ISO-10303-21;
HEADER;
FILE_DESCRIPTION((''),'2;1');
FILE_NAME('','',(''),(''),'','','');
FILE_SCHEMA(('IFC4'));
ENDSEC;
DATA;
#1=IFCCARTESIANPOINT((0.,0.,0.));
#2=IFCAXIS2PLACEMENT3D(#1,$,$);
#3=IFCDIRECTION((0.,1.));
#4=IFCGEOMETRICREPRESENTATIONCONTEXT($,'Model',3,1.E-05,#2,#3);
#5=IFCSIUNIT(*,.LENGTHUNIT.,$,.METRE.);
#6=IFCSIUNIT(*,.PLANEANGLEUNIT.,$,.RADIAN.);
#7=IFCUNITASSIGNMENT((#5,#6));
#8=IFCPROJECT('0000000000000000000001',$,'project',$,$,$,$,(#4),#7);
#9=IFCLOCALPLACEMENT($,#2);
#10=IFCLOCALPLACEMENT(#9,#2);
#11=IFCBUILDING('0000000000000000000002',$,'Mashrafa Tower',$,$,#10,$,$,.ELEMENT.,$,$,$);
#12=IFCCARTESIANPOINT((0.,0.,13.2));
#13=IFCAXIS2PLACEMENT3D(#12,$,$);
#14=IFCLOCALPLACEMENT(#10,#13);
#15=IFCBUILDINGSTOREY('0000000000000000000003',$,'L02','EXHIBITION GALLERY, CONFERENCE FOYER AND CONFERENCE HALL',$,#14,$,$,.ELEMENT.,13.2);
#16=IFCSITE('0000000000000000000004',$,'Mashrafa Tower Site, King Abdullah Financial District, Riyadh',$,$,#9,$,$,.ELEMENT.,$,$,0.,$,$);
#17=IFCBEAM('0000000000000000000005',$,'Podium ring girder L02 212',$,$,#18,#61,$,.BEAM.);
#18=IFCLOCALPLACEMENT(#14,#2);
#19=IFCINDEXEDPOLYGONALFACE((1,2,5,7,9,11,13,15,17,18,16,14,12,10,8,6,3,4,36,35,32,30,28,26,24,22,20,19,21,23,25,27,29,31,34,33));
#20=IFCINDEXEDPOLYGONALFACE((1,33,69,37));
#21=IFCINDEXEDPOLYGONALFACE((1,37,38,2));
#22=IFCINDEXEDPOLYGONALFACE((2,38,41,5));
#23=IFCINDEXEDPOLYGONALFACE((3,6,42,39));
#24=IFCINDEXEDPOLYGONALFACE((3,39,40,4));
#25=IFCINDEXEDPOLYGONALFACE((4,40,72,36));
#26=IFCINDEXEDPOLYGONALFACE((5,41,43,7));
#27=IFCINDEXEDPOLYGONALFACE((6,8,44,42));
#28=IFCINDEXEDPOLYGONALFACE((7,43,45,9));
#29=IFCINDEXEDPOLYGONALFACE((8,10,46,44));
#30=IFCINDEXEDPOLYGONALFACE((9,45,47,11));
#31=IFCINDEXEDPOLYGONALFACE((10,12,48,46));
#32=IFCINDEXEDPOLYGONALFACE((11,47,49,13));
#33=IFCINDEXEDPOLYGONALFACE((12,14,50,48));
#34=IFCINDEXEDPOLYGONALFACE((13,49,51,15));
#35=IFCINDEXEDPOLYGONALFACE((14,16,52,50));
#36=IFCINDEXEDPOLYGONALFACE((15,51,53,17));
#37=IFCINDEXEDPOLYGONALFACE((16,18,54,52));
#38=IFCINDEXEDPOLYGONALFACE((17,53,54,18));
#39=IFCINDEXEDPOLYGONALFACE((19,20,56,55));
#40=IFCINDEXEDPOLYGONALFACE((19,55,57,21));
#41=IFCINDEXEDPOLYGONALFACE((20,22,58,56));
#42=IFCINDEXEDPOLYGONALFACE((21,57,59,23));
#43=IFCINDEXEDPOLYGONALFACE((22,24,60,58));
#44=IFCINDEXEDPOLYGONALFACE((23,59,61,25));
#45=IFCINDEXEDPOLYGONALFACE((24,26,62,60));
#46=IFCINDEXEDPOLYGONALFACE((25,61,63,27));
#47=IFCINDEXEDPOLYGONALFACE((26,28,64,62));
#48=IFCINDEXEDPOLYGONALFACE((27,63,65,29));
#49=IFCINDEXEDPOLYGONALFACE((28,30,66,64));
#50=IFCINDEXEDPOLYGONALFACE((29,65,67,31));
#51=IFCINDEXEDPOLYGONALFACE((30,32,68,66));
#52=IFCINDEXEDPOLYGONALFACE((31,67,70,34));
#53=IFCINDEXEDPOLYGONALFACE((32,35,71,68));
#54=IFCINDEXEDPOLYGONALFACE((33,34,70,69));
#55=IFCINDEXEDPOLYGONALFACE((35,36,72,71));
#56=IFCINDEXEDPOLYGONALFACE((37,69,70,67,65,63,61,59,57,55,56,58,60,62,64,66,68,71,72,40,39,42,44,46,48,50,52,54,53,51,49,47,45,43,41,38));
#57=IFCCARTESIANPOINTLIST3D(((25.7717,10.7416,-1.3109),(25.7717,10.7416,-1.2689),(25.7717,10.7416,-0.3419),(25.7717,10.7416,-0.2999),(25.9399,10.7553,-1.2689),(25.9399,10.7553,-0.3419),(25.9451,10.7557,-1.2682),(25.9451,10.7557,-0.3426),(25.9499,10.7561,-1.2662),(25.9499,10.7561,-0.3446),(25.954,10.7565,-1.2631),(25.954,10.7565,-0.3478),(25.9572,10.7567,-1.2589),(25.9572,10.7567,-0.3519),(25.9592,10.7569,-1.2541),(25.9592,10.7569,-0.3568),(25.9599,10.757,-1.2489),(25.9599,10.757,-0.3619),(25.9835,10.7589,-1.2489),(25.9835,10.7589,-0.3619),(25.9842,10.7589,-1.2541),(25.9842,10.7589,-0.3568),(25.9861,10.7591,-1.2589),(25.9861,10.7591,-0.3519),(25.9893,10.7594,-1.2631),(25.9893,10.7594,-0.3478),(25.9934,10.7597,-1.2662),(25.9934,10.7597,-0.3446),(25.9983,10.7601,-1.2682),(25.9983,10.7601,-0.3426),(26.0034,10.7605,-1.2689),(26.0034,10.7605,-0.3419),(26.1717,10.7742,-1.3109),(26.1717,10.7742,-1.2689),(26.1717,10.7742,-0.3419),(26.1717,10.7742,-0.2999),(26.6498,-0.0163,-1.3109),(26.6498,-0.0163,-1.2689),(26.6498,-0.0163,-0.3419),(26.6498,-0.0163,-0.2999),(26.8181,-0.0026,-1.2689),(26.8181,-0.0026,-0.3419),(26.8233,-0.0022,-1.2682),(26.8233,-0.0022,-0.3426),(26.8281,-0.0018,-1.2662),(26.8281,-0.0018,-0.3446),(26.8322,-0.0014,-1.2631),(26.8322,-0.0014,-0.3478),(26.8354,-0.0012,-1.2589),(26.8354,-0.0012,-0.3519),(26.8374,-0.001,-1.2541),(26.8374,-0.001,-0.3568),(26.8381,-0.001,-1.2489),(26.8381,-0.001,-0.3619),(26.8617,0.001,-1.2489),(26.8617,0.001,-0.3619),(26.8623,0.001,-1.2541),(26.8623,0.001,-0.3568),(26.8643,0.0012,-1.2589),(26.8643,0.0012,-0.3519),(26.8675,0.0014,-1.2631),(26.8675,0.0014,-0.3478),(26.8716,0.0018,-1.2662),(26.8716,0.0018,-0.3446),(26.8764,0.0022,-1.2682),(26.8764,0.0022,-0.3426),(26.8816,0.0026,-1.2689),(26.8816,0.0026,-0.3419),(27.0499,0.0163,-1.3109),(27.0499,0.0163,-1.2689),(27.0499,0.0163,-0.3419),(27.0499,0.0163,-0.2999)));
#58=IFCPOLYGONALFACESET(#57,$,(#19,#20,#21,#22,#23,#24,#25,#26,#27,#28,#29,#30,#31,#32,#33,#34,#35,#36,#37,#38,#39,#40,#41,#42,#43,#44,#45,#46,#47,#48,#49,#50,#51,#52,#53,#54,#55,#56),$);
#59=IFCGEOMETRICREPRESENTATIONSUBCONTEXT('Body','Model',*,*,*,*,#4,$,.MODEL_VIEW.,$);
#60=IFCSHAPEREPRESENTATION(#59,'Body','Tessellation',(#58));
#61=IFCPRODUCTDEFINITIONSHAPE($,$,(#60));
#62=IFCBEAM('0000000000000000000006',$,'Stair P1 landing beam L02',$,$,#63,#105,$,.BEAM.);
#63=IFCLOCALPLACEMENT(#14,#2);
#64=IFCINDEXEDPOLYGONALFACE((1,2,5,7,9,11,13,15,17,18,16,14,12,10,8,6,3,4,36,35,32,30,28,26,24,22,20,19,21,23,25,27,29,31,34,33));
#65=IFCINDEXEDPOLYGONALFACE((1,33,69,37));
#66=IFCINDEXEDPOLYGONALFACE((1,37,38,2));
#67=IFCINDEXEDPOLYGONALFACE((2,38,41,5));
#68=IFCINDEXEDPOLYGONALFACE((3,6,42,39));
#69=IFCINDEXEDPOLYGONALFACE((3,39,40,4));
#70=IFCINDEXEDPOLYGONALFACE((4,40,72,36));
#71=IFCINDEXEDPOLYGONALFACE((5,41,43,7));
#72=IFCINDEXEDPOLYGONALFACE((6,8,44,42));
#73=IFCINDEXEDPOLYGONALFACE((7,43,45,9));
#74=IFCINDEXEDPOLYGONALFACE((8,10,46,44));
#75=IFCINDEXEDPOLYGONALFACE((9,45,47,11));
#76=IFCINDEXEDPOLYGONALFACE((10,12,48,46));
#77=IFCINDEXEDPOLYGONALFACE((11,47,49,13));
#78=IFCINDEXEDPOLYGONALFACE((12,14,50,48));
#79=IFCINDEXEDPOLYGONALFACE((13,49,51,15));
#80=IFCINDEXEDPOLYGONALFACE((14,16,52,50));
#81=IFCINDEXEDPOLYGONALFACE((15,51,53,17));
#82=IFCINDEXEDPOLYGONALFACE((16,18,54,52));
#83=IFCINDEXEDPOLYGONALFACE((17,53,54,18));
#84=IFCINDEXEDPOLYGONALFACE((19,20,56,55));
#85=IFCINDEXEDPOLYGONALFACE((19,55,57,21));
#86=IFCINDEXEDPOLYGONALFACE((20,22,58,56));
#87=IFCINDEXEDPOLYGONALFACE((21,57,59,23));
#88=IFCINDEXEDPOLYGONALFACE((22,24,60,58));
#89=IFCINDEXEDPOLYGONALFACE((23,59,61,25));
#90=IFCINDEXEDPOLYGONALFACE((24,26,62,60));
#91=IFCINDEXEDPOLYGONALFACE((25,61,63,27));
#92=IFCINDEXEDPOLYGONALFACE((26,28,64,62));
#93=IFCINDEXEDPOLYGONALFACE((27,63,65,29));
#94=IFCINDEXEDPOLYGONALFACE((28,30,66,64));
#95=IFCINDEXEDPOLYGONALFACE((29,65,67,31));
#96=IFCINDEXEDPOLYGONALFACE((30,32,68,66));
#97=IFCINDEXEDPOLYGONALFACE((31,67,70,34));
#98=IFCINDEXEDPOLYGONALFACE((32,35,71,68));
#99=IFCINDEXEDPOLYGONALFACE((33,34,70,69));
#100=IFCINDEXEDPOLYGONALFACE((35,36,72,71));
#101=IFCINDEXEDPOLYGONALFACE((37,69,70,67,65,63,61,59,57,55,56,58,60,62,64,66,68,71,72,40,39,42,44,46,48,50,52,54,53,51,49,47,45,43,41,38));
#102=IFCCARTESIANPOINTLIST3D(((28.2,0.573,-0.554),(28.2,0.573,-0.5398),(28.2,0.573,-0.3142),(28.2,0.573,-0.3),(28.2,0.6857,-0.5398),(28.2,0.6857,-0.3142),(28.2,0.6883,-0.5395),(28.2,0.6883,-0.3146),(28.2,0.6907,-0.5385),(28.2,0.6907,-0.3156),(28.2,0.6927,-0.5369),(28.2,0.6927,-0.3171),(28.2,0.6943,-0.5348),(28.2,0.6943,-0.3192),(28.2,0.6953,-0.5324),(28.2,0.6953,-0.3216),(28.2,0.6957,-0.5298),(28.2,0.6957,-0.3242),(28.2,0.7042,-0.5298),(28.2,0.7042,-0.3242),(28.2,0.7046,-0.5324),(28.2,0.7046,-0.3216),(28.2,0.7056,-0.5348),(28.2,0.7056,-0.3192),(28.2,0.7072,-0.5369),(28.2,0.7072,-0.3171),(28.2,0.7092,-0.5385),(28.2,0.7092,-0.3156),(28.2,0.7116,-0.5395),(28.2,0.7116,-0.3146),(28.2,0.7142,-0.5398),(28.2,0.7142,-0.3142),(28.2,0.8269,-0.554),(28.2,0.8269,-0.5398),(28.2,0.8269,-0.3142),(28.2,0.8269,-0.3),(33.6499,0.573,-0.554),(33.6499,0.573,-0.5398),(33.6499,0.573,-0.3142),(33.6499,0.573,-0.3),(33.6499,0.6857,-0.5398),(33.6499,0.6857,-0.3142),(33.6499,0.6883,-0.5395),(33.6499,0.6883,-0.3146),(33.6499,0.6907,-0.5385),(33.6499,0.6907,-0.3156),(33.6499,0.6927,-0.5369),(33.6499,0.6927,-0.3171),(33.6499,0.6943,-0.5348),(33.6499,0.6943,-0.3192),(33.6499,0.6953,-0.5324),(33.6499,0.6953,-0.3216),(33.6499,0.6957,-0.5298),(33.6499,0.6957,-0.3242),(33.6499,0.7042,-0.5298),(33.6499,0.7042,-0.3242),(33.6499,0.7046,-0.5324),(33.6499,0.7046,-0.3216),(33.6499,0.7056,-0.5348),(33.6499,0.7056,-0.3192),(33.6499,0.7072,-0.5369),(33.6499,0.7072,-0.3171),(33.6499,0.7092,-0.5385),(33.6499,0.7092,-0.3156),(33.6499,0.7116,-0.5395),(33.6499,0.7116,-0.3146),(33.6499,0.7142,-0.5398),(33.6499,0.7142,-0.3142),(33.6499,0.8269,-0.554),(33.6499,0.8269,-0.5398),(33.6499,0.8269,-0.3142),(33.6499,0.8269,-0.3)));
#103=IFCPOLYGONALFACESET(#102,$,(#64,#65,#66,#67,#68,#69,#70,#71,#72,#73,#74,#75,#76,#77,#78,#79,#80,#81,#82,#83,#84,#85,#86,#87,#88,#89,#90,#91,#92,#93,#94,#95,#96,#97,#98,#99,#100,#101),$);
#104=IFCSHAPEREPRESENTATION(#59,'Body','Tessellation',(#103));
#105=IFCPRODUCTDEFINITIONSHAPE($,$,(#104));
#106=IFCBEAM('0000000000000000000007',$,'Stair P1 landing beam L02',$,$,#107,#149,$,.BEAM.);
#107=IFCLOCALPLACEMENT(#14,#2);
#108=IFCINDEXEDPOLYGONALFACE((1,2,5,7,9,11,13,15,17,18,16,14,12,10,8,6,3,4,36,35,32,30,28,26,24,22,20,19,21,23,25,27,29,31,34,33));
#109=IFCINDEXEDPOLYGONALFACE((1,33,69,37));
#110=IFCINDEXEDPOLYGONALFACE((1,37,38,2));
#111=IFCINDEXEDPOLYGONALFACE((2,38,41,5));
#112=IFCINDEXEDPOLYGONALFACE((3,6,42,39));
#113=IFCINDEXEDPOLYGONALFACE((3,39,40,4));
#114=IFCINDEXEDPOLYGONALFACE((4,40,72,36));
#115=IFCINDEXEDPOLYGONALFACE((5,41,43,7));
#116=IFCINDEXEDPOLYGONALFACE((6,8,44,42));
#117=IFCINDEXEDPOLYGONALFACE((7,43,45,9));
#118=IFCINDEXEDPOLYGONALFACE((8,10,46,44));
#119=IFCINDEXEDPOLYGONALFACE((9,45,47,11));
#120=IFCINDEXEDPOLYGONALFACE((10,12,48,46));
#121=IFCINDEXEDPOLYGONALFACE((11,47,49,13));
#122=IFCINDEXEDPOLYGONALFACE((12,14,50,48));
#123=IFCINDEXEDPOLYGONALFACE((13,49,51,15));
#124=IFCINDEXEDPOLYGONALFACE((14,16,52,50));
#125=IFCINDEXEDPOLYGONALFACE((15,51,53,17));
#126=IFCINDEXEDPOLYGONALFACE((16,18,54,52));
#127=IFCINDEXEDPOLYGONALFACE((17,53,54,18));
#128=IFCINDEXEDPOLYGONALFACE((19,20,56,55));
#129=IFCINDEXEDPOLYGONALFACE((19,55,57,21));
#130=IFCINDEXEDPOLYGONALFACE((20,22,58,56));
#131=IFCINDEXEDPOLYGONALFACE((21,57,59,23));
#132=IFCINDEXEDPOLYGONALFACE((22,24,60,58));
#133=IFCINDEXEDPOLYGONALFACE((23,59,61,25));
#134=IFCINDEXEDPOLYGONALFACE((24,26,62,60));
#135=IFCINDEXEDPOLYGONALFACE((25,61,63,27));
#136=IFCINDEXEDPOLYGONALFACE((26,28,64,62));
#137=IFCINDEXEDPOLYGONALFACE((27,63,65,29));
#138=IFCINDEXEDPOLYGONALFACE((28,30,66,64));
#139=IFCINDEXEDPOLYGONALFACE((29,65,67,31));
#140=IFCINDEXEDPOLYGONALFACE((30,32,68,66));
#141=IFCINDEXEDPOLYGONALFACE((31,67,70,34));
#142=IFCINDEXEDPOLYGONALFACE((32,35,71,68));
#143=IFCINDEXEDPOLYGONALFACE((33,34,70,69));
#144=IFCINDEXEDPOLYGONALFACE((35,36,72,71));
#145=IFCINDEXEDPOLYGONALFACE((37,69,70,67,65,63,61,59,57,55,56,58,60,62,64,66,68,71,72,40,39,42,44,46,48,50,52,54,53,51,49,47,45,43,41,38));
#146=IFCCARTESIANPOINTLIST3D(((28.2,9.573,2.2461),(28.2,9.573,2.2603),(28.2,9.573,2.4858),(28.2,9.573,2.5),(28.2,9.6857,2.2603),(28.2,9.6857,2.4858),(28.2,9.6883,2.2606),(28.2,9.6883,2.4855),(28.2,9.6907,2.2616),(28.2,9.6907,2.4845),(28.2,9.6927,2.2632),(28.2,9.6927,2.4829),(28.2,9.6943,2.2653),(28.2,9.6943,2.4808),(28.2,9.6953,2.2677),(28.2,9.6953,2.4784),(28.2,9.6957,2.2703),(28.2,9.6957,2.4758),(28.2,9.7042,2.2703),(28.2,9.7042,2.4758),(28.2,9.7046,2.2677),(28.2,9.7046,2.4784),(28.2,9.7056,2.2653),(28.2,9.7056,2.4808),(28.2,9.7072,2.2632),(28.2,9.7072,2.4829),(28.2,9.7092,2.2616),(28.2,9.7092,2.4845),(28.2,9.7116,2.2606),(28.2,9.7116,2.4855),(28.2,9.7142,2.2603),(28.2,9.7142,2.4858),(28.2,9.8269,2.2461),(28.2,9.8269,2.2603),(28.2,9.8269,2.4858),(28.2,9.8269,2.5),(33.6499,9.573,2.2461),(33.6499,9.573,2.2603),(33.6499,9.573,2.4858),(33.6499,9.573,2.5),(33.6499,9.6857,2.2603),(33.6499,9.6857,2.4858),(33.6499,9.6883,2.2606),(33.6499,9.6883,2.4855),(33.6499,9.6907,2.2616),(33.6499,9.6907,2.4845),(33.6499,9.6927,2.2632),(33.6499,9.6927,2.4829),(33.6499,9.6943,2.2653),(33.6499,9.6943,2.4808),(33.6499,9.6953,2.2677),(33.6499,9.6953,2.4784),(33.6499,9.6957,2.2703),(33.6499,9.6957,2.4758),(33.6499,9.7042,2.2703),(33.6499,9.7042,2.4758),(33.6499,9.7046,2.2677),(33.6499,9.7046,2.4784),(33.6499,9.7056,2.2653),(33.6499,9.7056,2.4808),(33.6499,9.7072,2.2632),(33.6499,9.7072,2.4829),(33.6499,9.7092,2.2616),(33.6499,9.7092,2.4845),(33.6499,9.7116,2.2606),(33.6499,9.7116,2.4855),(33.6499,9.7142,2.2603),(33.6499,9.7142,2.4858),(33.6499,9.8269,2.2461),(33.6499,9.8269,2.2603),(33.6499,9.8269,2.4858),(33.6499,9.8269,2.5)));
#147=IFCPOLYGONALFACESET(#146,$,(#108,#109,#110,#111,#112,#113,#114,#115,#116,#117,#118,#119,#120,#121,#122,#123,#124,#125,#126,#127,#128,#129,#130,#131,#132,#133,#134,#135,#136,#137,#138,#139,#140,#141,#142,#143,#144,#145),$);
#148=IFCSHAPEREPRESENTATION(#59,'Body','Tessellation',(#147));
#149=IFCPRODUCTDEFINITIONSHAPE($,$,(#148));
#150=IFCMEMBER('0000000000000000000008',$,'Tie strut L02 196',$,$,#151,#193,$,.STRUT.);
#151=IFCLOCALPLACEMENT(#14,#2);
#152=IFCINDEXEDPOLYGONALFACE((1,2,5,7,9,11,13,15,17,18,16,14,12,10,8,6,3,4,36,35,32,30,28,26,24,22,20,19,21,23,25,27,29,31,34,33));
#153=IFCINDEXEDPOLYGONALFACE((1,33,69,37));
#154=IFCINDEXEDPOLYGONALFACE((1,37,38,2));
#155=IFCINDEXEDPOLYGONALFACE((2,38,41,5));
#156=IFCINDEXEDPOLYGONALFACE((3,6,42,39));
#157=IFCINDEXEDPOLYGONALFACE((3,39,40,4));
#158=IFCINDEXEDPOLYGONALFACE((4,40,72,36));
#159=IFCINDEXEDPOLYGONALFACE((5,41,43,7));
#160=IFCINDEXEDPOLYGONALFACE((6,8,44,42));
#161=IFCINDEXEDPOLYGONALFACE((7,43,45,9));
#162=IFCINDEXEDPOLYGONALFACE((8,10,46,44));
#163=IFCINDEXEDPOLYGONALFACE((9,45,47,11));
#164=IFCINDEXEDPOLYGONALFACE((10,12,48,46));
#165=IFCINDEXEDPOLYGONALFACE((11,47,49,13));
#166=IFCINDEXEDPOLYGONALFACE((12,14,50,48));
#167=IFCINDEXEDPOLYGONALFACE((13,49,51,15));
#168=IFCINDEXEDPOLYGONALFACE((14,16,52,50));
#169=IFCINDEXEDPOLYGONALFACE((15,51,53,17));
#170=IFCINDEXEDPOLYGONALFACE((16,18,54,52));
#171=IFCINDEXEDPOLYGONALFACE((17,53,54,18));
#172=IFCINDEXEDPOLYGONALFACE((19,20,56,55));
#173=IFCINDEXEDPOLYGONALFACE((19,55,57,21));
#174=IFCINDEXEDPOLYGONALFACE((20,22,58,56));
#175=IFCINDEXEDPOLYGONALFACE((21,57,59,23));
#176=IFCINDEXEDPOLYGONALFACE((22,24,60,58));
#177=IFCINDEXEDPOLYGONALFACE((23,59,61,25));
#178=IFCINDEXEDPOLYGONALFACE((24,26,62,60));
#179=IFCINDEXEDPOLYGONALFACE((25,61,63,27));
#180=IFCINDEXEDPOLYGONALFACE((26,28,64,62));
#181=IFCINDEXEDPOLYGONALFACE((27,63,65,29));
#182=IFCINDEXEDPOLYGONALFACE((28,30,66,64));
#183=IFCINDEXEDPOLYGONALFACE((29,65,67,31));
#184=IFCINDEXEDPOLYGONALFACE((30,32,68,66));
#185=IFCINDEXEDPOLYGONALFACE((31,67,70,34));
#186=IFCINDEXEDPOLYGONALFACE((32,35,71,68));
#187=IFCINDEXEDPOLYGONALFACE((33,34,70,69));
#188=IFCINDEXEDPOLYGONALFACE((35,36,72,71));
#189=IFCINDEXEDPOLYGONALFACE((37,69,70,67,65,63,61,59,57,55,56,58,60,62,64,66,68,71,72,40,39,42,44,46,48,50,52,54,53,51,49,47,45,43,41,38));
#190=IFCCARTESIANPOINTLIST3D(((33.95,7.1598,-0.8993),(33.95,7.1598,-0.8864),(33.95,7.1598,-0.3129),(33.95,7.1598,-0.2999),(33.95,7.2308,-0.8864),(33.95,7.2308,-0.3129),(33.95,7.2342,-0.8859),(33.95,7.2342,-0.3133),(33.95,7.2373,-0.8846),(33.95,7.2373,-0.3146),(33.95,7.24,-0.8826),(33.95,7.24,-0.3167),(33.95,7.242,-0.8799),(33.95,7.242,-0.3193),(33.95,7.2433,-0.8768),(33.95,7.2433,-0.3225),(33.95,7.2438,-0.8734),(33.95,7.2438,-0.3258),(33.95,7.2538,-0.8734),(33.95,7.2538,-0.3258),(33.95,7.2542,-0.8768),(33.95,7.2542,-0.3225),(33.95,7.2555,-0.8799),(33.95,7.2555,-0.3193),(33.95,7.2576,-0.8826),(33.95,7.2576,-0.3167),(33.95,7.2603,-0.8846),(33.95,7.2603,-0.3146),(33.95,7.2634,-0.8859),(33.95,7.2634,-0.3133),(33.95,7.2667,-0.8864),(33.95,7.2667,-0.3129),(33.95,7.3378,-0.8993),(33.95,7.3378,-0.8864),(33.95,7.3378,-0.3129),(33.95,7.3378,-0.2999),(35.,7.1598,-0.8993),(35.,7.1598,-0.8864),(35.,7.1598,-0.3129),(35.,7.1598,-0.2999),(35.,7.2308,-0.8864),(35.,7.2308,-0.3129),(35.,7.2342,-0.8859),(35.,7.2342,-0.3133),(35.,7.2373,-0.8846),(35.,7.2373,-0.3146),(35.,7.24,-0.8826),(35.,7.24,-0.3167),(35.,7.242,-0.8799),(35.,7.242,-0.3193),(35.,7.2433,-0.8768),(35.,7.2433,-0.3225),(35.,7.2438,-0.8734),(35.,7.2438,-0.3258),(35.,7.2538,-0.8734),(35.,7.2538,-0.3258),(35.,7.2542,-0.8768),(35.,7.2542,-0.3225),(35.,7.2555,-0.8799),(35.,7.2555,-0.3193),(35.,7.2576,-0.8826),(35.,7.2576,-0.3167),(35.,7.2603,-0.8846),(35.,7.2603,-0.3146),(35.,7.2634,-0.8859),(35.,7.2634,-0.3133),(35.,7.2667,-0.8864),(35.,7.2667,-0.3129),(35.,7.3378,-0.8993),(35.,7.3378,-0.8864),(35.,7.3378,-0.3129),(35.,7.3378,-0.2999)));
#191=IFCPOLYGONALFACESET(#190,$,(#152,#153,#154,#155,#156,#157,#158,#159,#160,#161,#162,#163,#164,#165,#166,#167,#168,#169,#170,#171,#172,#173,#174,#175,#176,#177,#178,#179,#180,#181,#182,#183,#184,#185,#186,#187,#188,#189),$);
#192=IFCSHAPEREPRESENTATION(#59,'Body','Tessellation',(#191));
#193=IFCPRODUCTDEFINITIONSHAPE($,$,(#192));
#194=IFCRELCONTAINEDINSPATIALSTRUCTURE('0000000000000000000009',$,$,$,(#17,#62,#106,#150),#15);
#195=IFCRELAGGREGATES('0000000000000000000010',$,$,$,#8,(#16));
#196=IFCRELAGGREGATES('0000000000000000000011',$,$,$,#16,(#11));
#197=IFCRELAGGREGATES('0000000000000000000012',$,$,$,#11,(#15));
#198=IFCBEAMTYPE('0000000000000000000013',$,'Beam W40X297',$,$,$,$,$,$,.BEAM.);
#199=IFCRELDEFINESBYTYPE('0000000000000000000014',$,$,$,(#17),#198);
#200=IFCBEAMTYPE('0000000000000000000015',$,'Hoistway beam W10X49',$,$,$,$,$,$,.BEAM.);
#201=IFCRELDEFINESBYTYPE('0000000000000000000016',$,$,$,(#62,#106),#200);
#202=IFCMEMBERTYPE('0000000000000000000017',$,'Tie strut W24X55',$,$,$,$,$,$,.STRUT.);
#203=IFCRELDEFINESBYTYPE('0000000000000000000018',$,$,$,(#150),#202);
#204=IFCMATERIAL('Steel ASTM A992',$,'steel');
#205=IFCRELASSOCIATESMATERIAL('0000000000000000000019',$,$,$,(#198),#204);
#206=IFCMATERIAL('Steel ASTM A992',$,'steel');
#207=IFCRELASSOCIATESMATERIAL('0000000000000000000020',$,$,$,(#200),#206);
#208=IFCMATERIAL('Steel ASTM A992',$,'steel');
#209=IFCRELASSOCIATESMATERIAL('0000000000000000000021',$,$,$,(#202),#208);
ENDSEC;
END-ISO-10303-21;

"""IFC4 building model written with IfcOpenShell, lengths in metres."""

from ifc_helpers import new_model, si_unit, direction, frame, origin, origin_2d, place, context, subcontext, project, spatial, i_section, extrude, source, transform, mapped, material, material_profile, profile_set, type_object, type_shapes, element, save


model = new_model("IFC4")

# Units and contexts
model_context = context("Model", 3, precision=1e-05, world=origin(), true_north=direction((0.0, 1.0)))
body_context = subcontext(model_context, "Body", "Model", "MODEL_VIEW")
ifc_project = project(units=[si_unit("LENGTHUNIT", "METRE"), si_unit("PLANEANGLEUNIT", "RADIAN")], contexts=[model_context])

# Site, building, storey
site_placement = place(None, origin())
site = spatial("IfcSite", under=ifc_project, at=site_placement, Name="Mashrafa Tower Site, King Abdullah Financial District, Riyadh", CompositionType="ELEMENT", RefElevation=0.0)
building_placement = place(site_placement, origin())
building = spatial("IfcBuilding", under=site, at=building_placement, Name="Mashrafa Tower", CompositionType="ELEMENT")
storey_placement = place(building_placement, frame((0.0, 0.0, 13.2)))
storey = spatial("IfcBuildingStorey", under=building, at=storey_placement, Name="L02", Description="EXHIBITION GALLERY, CONFERENCE FOYER AND CONFERENCE HALL", CompositionType="ELEMENT", Elevation=13.2)

# Beams
ifc_material_1 = material(Name="Steel ASTM A992", Category="steel")
ifc_material_profile_1 = material_profile(ifc_material_1, i_section(OverallWidth=0.4014, OverallDepth=1.011, WebThickness=0.0237, FlangeThickness=0.042, FilletRadius=0.02, at=origin_2d()), Name="W40X297")
ifc_profile_set_1 = profile_set([ifc_material_profile_1], Name="Steel ASTM A992")
beam_type_1 = type_object("IfcBeamType", Name="Beam W40X297", PredefinedType="BEAM", material=ifc_profile_set_1)
beam_1_placement = place(storey_placement, frame((26.8499, 0.0, -0.8054), z_axis=(-0.081361, 0.996685, 0.0), x_axis=(-0.996685, -0.081361, 0.0)))
element("IfcBeam", 1, at=beam_1_placement, inside=storey, type_object=beam_type_1, Name="Podium ring girder L02 212", PredefinedType="BEAM", context=body_context, shape_type="SweptSolid", body=[
    extrude(i_section(OverallWidth=0.4014, OverallDepth=1.011, WebThickness=0.0237, FlangeThickness=0.042, FilletRadius=0.02, at=origin_2d()), origin(), (0.0, 0.0, 1.0), 10.7937),
])
ifc_material_2 = material(Name="Steel ASTM A992", Category="steel")
ifc_material_profile_2 = material_profile(ifc_material_2, i_section(OverallWidth=0.2539, OverallDepth=0.2539, WebThickness=0.0085, FlangeThickness=0.0142, FilletRadius=0.01, at=origin_2d()), Name="W10X49")
ifc_profile_set_2 = profile_set([ifc_material_profile_2], Name="Steel ASTM A992")
beam_type_2 = type_object("IfcBeamType", Name="Hoistway beam W10X49", PredefinedType="BEAM", material=ifc_profile_set_2)
for number, where, z_axis, x_axis, name in (
    (2, (28.2, 0.7, -0.427), (1.0, 0.0, 0.0), (0.0, 1.0, 0.0), "Stair P1 landing beam L02"),
    (3, (28.2, 9.7, 2.373), (1.0, 0.0, 0.0), (0.0, 1.0, 0.0), "Stair P1 landing beam L02"),
):
    element("IfcBeam", number, at=place(storey_placement, frame(where, z_axis=z_axis, x_axis=x_axis)), inside=storey, type_object=beam_type_2, Name=name, PredefinedType="BEAM", context=body_context, shape_type="SweptSolid", body=[
        extrude(i_section(OverallWidth=0.2539, OverallDepth=0.2539, WebThickness=0.0085, FlangeThickness=0.0142, FilletRadius=0.01, at=origin_2d()), origin(), (0.0, 0.0, 1.0), 5.45),
    ])

# Member
ifc_material_3 = material(Name="Steel ASTM A992", Category="steel")
ifc_material_profile_3 = material_profile(ifc_material_3, i_section(OverallWidth=0.178, OverallDepth=0.5994, WebThickness=0.01, FlangeThickness=0.0129, FilletRadius=0.0129, at=origin_2d()), Name="W24X55")
ifc_profile_set_3 = profile_set([ifc_material_profile_3], Name="Steel ASTM A992")
member_type_1 = type_object("IfcMemberType", Name="Tie strut W24X55", PredefinedType="STRUT", material=ifc_profile_set_3)
shared_shape_1 = source(origin(), body_context, "Body", "SweptSolid", [
    extrude(i_section(OverallWidth=0.178, OverallDepth=0.5994, WebThickness=0.01, FlangeThickness=0.0129, FilletRadius=0.0129, at=origin_2d()), origin(), (0.0, 0.0, 1.0), 1.05),
])
type_shapes(member_type_1, [shared_shape_1])
member_1_placement = place(storey_placement, frame((33.95, 7.2488, -0.5996), z_axis=(1.0, 0.0, 0.0), x_axis=(0.0, 1.0, 0.0)))
element("IfcMember", 4, at=member_1_placement, inside=storey, type_object=member_type_1, Name="Tie strut L02 196", PredefinedType="STRUT", context=body_context, shape_type="MappedRepresentation", body=[
    mapped(shared_shape_1, transform((0.0, 0.0, 0.0))),
])

save(model, "model.ifc")
